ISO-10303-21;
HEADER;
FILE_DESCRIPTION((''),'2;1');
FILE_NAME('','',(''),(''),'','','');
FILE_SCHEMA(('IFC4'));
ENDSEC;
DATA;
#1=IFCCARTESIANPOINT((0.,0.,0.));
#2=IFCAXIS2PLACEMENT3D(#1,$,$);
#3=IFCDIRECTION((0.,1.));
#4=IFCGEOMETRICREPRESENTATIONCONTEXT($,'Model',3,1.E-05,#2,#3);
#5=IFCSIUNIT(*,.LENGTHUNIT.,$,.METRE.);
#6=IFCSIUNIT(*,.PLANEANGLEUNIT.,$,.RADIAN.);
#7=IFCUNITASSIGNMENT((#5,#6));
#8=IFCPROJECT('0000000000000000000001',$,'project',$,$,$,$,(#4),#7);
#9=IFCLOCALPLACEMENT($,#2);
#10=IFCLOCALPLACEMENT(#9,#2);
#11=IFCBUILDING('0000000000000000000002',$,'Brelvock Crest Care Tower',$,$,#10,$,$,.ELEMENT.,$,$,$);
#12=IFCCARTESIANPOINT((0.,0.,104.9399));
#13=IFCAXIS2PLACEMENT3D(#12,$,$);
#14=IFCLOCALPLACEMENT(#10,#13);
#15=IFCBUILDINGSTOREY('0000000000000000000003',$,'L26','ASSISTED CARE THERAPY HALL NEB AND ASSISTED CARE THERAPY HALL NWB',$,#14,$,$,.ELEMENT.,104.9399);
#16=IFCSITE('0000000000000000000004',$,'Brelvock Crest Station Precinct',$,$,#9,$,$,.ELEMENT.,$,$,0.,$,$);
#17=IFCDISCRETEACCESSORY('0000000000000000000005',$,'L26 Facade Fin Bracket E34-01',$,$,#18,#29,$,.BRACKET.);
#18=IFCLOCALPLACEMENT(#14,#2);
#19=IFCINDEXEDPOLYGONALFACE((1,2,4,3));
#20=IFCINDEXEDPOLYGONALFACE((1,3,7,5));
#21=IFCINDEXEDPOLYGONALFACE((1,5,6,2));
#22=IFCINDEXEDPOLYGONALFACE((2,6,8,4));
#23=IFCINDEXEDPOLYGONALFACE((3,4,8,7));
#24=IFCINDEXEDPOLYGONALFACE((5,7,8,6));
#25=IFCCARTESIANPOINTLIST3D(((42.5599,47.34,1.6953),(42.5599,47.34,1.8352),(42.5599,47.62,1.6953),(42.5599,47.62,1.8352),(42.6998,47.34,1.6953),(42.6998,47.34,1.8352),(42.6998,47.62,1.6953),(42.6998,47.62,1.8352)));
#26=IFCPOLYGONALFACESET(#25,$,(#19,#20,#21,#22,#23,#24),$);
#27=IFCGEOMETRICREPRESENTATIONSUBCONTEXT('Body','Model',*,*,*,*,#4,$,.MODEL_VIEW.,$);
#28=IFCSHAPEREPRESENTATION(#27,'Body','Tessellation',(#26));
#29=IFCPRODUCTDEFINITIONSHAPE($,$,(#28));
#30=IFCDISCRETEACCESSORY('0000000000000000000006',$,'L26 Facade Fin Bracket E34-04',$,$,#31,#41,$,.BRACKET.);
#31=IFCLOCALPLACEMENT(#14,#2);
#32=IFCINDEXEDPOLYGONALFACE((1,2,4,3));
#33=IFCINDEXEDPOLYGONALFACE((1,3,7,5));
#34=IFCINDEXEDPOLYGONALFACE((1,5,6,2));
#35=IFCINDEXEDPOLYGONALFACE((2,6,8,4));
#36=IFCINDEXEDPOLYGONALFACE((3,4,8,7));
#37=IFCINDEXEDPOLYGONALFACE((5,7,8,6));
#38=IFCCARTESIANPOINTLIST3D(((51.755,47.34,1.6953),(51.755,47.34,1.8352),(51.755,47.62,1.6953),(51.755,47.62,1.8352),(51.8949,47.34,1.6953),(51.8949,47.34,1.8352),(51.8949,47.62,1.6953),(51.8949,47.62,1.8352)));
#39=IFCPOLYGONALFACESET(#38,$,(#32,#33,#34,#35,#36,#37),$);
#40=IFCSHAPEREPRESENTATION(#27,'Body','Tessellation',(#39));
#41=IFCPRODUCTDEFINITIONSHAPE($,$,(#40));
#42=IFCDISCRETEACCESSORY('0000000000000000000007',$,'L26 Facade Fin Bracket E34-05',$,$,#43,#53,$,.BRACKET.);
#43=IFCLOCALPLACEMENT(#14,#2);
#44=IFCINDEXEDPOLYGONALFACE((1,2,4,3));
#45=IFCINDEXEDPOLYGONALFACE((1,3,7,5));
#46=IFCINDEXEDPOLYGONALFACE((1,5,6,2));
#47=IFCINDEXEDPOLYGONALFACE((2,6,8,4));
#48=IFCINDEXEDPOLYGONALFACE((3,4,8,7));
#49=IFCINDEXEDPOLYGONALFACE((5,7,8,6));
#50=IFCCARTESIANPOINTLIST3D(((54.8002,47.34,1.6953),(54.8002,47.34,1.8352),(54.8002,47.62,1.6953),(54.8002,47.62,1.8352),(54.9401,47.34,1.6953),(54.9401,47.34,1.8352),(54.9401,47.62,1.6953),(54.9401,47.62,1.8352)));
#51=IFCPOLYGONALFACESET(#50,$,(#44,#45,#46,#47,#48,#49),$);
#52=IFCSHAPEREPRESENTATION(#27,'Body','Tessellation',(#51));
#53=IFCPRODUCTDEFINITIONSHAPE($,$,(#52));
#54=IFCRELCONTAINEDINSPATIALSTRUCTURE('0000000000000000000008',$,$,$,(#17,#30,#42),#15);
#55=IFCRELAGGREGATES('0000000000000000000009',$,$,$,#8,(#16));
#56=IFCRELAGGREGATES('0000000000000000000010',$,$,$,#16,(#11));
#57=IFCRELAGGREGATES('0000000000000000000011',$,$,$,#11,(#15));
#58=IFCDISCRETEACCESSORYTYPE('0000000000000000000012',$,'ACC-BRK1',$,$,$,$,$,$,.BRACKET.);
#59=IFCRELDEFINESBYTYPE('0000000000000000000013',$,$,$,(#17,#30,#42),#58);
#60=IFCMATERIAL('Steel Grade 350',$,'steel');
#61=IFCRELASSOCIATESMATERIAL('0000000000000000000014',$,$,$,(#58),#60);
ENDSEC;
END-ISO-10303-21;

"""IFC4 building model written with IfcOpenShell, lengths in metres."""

from ifc_helpers import new_model, si_unit, direction, frame, origin, origin_2d, place, context, subcontext, project, spatial, rectangle, extrude, source, transform, mapped, material, type_object, element, save


model = new_model("IFC4")

# Units and contexts
model_context = context("Model", 3, precision=1e-05, world=origin(), true_north=direction((0.0, 1.0)))
body_context = subcontext(model_context, "Body", "Model", "MODEL_VIEW")
ifc_project = project(units=[si_unit("LENGTHUNIT", "METRE"), si_unit("PLANEANGLEUNIT", "RADIAN")], contexts=[model_context])

# Site, building, storey
site_placement = place(None, origin())
site = spatial("IfcSite", under=ifc_project, at=site_placement, Name="Brelvock Crest Station Precinct", CompositionType="ELEMENT", RefElevation=0.0)
building_placement = place(site_placement, origin())
building = spatial("IfcBuilding", under=site, at=building_placement, Name="Brelvock Crest Care Tower", CompositionType="ELEMENT")
storey_placement = place(building_placement, frame((0.0, 0.0, 104.9399)))
storey = spatial("IfcBuildingStorey", under=building, at=storey_placement, Name="L26", Description="ASSISTED CARE THERAPY HALL NEB AND ASSISTED CARE THERAPY HALL NWB", CompositionType="ELEMENT", Elevation=104.9399)

# Discrete accessories
ifc_material_1 = material(Name="Steel Grade 350", Category="steel")
discrete_accessory_type = type_object("IfcDiscreteAccessoryType", Name="ACC-BRK1", PredefinedType="BRACKET", material=ifc_material_1)
shared_shape_1 = source(origin(), body_context, "Body", "SweptSolid", [
    extrude(rectangle(XDim=0.28, YDim=0.1399, at=origin_2d()), origin(), (0.0, 0.0, 1.0), 0.1399),
])
for number, where, z_axis, x_axis, name in (
    (1, (42.6299, 47.48, 1.6953), (0.0, 0.0, 1.0), (0.0, 1.0, 0.0), "L26 Facade Fin Bracket E34-01"),
    (2, (51.825, 47.48, 1.6953), (0.0, 0.0, 1.0), (0.0, 1.0, 0.0), "L26 Facade Fin Bracket E34-04"),
    (3, (54.8701, 47.48, 1.6953), (0.0, 0.0, 1.0), (0.0, 1.0, 0.0), "L26 Facade Fin Bracket E34-05"),
):
    element("IfcDiscreteAccessory", number, at=place(storey_placement, frame(where, z_axis=z_axis, x_axis=x_axis)), inside=storey, type_object=discrete_accessory_type, Name=name, PredefinedType="BRACKET", context=body_context, shape_type="MappedRepresentation", body=[
        mapped(shared_shape_1, transform((0.0, 0.0, 0.0), x_axis=(1.0, 0.0, 0.0), y_axis=(0.0, 1.0, 0.0), z_axis=(0.0, 0.0, 1.0), scale=1.0)),
    ])

save(model, "model.ifc")
